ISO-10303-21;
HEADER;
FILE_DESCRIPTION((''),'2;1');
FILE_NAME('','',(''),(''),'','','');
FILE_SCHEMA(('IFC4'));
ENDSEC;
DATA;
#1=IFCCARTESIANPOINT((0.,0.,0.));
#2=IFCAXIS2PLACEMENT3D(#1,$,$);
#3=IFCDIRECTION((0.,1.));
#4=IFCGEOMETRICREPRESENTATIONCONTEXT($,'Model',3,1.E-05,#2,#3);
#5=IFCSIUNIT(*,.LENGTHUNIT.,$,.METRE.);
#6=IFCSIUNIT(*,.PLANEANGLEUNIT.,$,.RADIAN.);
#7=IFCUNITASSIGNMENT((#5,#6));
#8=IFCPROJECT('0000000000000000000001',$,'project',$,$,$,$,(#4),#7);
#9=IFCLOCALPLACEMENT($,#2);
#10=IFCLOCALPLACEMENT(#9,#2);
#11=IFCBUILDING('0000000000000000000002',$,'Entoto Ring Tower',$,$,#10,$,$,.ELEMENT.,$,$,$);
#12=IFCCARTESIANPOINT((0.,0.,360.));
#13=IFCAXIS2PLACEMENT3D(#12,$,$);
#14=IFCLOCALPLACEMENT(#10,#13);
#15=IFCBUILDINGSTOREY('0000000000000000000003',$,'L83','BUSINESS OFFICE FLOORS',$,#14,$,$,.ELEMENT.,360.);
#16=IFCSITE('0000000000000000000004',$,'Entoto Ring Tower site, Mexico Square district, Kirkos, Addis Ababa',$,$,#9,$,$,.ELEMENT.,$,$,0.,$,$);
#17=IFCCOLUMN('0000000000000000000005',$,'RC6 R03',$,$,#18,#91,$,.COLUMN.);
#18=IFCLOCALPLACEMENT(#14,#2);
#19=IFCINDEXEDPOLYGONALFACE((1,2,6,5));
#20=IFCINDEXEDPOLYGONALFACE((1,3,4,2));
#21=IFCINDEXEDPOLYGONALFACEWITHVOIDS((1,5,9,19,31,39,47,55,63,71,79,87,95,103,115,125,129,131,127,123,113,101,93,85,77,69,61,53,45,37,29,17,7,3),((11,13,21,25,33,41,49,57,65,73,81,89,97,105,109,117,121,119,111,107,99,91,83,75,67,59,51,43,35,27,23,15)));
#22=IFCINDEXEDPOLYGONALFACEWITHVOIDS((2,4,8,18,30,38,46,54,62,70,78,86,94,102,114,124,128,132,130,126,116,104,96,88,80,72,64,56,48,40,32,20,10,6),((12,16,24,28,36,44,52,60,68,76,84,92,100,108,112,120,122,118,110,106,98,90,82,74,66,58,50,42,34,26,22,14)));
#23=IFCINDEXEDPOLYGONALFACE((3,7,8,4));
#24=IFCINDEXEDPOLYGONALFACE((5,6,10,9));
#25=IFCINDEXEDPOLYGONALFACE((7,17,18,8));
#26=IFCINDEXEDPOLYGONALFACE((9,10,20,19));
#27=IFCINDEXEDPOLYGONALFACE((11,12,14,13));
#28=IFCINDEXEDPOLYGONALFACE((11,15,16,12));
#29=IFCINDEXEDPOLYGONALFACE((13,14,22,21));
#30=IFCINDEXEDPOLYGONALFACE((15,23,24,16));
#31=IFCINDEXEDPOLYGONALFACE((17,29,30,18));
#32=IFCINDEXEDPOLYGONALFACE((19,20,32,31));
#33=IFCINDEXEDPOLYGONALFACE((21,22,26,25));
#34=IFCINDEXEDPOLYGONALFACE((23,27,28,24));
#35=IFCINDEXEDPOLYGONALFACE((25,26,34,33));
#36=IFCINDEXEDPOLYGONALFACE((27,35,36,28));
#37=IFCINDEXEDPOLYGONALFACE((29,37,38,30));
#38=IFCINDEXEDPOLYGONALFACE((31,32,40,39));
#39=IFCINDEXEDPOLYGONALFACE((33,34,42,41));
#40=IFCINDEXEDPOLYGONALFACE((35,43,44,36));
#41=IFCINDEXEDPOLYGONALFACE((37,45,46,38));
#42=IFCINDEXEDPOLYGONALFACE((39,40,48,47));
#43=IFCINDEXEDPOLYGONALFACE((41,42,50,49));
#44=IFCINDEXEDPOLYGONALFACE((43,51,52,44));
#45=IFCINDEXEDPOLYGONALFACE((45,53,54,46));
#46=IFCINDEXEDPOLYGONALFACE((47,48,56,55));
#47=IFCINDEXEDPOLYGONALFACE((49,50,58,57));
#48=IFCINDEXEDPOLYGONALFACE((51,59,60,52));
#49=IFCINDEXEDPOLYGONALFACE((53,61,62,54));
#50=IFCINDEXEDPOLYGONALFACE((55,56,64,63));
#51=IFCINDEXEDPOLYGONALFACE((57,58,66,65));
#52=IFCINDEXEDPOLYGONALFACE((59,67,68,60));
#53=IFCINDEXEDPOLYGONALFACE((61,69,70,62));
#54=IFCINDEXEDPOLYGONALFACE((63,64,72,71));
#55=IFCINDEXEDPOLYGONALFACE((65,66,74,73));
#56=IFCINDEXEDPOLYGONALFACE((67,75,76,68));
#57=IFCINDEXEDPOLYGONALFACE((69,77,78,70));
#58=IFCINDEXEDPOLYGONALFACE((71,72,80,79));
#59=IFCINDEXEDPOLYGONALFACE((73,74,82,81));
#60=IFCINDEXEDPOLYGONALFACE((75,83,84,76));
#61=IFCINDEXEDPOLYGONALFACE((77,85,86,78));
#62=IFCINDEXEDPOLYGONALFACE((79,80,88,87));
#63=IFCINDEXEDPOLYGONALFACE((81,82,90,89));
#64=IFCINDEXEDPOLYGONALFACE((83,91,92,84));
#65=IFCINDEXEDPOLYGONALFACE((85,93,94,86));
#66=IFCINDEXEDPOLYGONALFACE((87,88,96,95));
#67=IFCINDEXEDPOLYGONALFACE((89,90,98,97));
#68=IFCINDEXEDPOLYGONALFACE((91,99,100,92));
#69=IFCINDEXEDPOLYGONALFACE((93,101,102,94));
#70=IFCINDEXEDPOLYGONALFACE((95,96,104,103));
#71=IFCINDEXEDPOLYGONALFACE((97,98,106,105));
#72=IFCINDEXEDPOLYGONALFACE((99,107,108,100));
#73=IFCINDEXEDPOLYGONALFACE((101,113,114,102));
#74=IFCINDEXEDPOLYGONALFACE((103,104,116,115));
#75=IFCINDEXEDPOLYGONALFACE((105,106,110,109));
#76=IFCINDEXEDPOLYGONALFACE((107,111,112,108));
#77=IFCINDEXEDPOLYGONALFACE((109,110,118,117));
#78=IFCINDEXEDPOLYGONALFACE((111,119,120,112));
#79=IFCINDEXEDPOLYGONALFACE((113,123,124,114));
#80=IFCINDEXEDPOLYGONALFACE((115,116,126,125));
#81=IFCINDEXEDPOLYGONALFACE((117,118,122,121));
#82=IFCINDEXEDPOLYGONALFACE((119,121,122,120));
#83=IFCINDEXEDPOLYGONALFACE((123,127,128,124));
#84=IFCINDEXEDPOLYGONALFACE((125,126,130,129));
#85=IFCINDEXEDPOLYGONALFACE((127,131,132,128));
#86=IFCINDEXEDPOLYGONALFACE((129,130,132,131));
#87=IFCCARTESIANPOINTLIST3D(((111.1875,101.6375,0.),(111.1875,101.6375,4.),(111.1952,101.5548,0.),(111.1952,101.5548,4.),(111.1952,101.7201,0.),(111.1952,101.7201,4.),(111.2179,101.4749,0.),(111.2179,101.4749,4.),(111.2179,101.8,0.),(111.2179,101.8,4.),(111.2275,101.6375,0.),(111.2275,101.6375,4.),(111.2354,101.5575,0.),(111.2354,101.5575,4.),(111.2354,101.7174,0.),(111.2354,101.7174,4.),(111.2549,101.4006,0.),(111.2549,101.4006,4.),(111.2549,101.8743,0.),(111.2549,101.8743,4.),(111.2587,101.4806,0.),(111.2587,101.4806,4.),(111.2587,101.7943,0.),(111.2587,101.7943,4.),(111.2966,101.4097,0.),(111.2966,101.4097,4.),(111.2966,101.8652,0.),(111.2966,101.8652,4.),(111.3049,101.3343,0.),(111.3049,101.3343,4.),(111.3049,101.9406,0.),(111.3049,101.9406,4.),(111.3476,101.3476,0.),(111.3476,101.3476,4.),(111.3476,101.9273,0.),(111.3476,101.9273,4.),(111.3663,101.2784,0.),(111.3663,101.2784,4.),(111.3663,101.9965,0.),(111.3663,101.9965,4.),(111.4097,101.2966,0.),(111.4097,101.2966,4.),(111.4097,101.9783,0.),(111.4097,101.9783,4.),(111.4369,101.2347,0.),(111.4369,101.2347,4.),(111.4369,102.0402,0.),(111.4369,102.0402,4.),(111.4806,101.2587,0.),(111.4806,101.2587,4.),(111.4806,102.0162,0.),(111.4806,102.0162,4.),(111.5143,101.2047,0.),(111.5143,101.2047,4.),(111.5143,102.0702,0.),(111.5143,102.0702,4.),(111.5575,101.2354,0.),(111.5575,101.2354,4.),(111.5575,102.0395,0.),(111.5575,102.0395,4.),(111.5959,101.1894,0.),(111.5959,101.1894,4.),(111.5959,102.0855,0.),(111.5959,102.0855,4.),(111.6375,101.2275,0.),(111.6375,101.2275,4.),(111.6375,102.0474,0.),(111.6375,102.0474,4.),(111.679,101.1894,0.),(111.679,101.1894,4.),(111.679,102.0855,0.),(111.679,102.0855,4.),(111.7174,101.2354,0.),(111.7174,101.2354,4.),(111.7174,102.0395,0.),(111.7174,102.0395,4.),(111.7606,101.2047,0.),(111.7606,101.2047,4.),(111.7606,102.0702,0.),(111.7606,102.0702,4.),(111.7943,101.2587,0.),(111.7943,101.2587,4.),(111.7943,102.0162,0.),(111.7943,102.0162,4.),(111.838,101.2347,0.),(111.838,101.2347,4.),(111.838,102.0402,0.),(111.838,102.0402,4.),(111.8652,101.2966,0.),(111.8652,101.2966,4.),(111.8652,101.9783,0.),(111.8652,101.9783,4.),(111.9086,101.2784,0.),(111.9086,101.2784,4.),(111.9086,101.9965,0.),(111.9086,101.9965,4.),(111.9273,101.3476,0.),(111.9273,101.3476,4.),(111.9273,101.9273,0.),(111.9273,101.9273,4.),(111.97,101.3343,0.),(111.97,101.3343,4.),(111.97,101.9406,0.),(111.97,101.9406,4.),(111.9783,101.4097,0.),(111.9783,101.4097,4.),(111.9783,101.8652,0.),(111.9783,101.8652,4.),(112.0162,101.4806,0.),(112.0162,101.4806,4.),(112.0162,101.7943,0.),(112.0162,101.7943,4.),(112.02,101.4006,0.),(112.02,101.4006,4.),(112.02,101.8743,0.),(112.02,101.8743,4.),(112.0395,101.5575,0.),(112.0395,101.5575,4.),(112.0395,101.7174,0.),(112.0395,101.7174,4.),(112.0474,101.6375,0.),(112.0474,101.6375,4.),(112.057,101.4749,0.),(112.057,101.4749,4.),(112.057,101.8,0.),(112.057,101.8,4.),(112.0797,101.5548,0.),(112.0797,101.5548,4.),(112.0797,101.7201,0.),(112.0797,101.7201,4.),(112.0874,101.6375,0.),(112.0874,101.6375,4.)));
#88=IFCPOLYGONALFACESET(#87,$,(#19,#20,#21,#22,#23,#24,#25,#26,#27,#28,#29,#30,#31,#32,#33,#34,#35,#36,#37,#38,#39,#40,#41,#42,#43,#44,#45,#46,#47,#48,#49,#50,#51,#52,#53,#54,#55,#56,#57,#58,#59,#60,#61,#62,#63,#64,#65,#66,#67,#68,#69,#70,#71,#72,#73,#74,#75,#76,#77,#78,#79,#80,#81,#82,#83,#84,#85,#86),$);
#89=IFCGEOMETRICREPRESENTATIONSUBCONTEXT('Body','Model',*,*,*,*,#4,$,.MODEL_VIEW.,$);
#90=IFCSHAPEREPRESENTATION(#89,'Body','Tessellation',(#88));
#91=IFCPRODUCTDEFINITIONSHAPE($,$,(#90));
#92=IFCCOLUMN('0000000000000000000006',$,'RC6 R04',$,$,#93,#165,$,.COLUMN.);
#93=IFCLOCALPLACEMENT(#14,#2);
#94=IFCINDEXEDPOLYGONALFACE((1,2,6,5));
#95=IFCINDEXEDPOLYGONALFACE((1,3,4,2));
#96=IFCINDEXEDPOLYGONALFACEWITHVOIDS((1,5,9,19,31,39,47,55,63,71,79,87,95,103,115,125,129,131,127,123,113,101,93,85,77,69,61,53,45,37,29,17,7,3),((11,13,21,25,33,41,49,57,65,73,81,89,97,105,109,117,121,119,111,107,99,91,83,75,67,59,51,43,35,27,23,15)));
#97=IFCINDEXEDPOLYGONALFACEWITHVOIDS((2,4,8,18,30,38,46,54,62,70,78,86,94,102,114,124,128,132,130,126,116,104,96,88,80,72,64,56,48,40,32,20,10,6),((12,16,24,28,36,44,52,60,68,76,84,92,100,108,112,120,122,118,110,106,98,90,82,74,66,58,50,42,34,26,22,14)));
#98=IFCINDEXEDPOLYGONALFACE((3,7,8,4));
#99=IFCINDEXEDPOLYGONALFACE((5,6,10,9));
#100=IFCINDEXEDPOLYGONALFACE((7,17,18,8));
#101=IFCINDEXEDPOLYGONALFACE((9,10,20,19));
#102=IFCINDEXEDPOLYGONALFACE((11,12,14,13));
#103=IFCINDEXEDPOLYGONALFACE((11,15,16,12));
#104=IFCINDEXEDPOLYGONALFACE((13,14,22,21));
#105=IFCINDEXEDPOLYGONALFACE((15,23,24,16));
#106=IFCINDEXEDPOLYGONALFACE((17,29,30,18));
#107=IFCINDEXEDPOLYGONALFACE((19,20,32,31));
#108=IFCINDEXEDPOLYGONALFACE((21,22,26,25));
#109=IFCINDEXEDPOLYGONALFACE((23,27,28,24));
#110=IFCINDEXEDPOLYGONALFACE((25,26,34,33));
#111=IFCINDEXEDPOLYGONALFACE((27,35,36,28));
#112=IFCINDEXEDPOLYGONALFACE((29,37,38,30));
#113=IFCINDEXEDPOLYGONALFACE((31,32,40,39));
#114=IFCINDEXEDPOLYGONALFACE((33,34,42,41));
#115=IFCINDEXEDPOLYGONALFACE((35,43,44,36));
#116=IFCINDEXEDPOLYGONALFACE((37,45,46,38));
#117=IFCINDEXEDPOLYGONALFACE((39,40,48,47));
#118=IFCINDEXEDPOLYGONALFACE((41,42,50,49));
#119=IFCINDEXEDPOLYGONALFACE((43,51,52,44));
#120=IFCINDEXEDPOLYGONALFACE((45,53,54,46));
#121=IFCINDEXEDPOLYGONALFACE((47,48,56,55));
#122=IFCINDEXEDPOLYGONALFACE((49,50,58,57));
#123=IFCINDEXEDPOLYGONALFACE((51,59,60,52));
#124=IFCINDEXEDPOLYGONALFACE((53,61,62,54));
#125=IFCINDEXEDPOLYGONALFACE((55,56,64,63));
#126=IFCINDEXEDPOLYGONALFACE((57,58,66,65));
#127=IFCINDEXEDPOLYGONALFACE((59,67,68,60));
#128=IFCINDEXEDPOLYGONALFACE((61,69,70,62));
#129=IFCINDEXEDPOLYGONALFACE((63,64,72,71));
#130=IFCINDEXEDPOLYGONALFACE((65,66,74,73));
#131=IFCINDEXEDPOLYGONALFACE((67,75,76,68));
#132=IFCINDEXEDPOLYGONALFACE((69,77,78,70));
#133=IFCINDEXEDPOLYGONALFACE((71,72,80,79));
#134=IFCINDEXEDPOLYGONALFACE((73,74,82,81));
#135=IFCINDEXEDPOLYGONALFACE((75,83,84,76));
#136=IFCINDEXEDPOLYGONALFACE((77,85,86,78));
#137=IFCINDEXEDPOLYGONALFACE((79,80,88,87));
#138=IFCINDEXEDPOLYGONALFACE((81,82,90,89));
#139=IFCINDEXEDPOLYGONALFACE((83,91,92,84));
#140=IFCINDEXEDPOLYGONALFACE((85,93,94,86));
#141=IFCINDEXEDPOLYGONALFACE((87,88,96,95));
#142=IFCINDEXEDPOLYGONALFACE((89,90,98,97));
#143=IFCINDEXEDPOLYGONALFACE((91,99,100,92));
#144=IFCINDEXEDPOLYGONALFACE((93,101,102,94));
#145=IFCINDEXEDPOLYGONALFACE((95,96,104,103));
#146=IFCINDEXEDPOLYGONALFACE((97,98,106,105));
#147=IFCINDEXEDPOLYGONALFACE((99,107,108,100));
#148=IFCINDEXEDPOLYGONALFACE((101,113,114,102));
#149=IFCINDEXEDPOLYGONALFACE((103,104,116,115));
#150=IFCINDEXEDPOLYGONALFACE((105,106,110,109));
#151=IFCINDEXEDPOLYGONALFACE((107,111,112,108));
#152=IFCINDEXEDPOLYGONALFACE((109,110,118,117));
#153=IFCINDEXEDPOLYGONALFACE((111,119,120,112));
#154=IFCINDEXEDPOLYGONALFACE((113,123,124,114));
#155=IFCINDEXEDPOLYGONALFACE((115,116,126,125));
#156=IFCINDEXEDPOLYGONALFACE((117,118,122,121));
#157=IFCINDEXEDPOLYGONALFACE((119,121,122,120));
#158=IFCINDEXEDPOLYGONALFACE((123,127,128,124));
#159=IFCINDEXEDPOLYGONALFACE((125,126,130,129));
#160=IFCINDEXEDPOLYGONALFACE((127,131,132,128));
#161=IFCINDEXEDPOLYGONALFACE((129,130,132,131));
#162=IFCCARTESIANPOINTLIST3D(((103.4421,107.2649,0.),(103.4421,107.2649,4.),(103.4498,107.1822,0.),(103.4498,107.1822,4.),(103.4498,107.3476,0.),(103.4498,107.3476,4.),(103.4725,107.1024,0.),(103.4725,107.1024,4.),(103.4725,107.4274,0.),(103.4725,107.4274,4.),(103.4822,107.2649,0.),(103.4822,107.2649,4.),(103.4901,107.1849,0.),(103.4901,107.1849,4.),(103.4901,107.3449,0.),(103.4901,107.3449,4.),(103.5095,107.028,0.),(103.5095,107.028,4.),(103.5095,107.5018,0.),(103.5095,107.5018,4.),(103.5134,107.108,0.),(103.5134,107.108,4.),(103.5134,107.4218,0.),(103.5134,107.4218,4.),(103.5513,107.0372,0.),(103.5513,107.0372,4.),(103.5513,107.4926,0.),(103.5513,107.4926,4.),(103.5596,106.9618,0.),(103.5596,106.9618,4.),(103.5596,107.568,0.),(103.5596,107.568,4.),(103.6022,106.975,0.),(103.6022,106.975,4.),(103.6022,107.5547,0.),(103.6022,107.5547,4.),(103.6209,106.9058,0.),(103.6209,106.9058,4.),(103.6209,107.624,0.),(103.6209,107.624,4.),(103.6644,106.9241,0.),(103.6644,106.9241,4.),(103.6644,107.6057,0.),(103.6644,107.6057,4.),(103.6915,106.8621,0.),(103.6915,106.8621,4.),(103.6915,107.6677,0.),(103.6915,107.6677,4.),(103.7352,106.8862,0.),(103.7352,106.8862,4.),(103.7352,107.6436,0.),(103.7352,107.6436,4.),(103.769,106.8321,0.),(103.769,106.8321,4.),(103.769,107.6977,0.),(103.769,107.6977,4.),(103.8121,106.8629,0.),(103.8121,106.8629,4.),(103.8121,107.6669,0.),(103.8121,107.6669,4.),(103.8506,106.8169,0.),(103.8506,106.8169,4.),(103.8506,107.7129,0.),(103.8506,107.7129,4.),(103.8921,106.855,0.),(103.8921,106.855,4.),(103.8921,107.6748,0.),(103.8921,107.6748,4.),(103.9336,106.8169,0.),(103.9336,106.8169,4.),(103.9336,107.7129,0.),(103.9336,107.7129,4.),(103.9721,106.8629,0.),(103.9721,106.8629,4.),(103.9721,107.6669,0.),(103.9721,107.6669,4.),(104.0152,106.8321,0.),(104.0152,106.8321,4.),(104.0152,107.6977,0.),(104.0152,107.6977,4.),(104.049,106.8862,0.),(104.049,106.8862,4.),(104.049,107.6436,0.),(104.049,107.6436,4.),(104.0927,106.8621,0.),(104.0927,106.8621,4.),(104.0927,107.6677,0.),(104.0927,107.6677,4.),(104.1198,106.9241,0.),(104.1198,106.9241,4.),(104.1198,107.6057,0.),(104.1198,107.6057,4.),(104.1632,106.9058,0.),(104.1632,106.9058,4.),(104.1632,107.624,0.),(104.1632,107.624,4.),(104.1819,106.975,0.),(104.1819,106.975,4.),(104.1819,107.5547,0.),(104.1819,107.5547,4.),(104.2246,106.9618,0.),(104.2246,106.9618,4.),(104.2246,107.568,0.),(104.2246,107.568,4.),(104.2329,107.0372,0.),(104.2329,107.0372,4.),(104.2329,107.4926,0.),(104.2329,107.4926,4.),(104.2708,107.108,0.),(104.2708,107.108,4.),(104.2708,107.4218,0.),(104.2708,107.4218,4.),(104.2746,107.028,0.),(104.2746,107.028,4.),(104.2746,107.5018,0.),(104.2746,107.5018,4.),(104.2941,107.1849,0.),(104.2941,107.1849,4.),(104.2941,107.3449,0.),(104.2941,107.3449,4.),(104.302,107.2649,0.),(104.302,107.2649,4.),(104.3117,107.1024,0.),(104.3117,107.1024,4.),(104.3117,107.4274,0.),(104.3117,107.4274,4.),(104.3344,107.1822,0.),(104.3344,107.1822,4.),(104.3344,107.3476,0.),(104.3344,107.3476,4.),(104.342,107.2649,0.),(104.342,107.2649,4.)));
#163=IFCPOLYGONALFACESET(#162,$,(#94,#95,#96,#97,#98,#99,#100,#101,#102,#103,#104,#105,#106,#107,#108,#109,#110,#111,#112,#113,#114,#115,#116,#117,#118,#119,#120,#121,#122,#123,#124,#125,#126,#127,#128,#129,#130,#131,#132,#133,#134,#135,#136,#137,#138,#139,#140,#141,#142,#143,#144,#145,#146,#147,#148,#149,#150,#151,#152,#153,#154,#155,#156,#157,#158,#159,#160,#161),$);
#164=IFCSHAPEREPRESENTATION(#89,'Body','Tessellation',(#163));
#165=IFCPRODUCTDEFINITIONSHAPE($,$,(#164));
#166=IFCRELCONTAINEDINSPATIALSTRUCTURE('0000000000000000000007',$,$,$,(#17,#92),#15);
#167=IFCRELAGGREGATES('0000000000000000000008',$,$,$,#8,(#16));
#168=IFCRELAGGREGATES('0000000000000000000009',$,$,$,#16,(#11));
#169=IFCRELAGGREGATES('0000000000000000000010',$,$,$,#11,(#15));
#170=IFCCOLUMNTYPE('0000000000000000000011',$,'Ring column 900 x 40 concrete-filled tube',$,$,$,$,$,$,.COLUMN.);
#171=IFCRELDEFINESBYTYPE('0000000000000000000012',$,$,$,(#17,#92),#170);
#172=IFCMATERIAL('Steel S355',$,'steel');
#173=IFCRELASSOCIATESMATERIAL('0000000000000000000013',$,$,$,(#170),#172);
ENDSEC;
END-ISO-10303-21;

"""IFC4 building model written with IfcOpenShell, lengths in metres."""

from ifc_helpers import new_model, si_unit, direction, frame, origin, origin_2d, place, context, subcontext, project, spatial, circle, hollow_circle, extrude, material, material_profile, profile_set, type_object, element, save


model = new_model("IFC4")

# Units and contexts
model_context = context("Model", 3, precision=1e-05, world=origin(), true_north=direction((0.0, 1.0)))
body_context = subcontext(model_context, "Body", "Model", "MODEL_VIEW")
ifc_project = project(units=[si_unit("LENGTHUNIT", "METRE"), si_unit("PLANEANGLEUNIT", "RADIAN")], contexts=[model_context])

# Site, building, storey
site_placement = place(None, origin())
site = spatial("IfcSite", under=ifc_project, at=site_placement, Name="Entoto Ring Tower site, Mexico Square district, Kirkos, Addis Ababa", CompositionType="ELEMENT", RefElevation=0.0)
building_placement = place(site_placement, origin())
building = spatial("IfcBuilding", under=site, at=building_placement, Name="Entoto Ring Tower", CompositionType="ELEMENT")
storey_placement = place(building_placement, frame((0.0, 0.0, 360.0)))
storey = spatial("IfcBuildingStorey", under=building, at=storey_placement, Name="L83", Description="BUSINESS OFFICE FLOORS", CompositionType="ELEMENT", Elevation=360.0)

# Columns
ifc_material_1 = material(Name="Steel S355", Category="steel")
ifc_material_profile_1 = material_profile(ifc_material_1, hollow_circle(Radius=0.45, WallThickness=0.04, at=origin_2d()), Name="CHS 900 x 40")
ifc_material_2 = material(Name="Concrete C60/75", Category="concrete")
ifc_material_profile_2 = material_profile(ifc_material_2, circle(Radius=0.4099, at=origin_2d()), Name="Concrete C60/75 infill")
ifc_profile_set_1 = profile_set([ifc_material_profile_1, ifc_material_profile_2], Name="Steel S355")
column_type = type_object("IfcColumnType", Name="Ring column 900 x 40 concrete-filled tube", PredefinedType="COLUMN", material=ifc_profile_set_1)
for number, where, z_axis, x_axis, name in (
    (1, (111.6375, 101.6375, 0.0), (0.0, 0.0, 1.0), (1.0, 0.0, 0.0), "RC6 R03"),
    (2, (103.8921, 107.2649, 0.0), (0.0, 0.0, 1.0), (1.0, 0.0, 0.0), "RC6 R04"),
):
    element("IfcColumn", number, at=place(storey_placement, frame(where, z_axis=z_axis, x_axis=x_axis)), inside=storey, type_object=column_type, Name=name, PredefinedType="COLUMN", context=body_context, shape_type="SweptSolid", body=[
        extrude(hollow_circle(Radius=0.45, WallThickness=0.04, at=origin_2d()), origin(), (0.0, 0.0, 1.0), 4.0),
    ])

save(model, "model.ifc")
